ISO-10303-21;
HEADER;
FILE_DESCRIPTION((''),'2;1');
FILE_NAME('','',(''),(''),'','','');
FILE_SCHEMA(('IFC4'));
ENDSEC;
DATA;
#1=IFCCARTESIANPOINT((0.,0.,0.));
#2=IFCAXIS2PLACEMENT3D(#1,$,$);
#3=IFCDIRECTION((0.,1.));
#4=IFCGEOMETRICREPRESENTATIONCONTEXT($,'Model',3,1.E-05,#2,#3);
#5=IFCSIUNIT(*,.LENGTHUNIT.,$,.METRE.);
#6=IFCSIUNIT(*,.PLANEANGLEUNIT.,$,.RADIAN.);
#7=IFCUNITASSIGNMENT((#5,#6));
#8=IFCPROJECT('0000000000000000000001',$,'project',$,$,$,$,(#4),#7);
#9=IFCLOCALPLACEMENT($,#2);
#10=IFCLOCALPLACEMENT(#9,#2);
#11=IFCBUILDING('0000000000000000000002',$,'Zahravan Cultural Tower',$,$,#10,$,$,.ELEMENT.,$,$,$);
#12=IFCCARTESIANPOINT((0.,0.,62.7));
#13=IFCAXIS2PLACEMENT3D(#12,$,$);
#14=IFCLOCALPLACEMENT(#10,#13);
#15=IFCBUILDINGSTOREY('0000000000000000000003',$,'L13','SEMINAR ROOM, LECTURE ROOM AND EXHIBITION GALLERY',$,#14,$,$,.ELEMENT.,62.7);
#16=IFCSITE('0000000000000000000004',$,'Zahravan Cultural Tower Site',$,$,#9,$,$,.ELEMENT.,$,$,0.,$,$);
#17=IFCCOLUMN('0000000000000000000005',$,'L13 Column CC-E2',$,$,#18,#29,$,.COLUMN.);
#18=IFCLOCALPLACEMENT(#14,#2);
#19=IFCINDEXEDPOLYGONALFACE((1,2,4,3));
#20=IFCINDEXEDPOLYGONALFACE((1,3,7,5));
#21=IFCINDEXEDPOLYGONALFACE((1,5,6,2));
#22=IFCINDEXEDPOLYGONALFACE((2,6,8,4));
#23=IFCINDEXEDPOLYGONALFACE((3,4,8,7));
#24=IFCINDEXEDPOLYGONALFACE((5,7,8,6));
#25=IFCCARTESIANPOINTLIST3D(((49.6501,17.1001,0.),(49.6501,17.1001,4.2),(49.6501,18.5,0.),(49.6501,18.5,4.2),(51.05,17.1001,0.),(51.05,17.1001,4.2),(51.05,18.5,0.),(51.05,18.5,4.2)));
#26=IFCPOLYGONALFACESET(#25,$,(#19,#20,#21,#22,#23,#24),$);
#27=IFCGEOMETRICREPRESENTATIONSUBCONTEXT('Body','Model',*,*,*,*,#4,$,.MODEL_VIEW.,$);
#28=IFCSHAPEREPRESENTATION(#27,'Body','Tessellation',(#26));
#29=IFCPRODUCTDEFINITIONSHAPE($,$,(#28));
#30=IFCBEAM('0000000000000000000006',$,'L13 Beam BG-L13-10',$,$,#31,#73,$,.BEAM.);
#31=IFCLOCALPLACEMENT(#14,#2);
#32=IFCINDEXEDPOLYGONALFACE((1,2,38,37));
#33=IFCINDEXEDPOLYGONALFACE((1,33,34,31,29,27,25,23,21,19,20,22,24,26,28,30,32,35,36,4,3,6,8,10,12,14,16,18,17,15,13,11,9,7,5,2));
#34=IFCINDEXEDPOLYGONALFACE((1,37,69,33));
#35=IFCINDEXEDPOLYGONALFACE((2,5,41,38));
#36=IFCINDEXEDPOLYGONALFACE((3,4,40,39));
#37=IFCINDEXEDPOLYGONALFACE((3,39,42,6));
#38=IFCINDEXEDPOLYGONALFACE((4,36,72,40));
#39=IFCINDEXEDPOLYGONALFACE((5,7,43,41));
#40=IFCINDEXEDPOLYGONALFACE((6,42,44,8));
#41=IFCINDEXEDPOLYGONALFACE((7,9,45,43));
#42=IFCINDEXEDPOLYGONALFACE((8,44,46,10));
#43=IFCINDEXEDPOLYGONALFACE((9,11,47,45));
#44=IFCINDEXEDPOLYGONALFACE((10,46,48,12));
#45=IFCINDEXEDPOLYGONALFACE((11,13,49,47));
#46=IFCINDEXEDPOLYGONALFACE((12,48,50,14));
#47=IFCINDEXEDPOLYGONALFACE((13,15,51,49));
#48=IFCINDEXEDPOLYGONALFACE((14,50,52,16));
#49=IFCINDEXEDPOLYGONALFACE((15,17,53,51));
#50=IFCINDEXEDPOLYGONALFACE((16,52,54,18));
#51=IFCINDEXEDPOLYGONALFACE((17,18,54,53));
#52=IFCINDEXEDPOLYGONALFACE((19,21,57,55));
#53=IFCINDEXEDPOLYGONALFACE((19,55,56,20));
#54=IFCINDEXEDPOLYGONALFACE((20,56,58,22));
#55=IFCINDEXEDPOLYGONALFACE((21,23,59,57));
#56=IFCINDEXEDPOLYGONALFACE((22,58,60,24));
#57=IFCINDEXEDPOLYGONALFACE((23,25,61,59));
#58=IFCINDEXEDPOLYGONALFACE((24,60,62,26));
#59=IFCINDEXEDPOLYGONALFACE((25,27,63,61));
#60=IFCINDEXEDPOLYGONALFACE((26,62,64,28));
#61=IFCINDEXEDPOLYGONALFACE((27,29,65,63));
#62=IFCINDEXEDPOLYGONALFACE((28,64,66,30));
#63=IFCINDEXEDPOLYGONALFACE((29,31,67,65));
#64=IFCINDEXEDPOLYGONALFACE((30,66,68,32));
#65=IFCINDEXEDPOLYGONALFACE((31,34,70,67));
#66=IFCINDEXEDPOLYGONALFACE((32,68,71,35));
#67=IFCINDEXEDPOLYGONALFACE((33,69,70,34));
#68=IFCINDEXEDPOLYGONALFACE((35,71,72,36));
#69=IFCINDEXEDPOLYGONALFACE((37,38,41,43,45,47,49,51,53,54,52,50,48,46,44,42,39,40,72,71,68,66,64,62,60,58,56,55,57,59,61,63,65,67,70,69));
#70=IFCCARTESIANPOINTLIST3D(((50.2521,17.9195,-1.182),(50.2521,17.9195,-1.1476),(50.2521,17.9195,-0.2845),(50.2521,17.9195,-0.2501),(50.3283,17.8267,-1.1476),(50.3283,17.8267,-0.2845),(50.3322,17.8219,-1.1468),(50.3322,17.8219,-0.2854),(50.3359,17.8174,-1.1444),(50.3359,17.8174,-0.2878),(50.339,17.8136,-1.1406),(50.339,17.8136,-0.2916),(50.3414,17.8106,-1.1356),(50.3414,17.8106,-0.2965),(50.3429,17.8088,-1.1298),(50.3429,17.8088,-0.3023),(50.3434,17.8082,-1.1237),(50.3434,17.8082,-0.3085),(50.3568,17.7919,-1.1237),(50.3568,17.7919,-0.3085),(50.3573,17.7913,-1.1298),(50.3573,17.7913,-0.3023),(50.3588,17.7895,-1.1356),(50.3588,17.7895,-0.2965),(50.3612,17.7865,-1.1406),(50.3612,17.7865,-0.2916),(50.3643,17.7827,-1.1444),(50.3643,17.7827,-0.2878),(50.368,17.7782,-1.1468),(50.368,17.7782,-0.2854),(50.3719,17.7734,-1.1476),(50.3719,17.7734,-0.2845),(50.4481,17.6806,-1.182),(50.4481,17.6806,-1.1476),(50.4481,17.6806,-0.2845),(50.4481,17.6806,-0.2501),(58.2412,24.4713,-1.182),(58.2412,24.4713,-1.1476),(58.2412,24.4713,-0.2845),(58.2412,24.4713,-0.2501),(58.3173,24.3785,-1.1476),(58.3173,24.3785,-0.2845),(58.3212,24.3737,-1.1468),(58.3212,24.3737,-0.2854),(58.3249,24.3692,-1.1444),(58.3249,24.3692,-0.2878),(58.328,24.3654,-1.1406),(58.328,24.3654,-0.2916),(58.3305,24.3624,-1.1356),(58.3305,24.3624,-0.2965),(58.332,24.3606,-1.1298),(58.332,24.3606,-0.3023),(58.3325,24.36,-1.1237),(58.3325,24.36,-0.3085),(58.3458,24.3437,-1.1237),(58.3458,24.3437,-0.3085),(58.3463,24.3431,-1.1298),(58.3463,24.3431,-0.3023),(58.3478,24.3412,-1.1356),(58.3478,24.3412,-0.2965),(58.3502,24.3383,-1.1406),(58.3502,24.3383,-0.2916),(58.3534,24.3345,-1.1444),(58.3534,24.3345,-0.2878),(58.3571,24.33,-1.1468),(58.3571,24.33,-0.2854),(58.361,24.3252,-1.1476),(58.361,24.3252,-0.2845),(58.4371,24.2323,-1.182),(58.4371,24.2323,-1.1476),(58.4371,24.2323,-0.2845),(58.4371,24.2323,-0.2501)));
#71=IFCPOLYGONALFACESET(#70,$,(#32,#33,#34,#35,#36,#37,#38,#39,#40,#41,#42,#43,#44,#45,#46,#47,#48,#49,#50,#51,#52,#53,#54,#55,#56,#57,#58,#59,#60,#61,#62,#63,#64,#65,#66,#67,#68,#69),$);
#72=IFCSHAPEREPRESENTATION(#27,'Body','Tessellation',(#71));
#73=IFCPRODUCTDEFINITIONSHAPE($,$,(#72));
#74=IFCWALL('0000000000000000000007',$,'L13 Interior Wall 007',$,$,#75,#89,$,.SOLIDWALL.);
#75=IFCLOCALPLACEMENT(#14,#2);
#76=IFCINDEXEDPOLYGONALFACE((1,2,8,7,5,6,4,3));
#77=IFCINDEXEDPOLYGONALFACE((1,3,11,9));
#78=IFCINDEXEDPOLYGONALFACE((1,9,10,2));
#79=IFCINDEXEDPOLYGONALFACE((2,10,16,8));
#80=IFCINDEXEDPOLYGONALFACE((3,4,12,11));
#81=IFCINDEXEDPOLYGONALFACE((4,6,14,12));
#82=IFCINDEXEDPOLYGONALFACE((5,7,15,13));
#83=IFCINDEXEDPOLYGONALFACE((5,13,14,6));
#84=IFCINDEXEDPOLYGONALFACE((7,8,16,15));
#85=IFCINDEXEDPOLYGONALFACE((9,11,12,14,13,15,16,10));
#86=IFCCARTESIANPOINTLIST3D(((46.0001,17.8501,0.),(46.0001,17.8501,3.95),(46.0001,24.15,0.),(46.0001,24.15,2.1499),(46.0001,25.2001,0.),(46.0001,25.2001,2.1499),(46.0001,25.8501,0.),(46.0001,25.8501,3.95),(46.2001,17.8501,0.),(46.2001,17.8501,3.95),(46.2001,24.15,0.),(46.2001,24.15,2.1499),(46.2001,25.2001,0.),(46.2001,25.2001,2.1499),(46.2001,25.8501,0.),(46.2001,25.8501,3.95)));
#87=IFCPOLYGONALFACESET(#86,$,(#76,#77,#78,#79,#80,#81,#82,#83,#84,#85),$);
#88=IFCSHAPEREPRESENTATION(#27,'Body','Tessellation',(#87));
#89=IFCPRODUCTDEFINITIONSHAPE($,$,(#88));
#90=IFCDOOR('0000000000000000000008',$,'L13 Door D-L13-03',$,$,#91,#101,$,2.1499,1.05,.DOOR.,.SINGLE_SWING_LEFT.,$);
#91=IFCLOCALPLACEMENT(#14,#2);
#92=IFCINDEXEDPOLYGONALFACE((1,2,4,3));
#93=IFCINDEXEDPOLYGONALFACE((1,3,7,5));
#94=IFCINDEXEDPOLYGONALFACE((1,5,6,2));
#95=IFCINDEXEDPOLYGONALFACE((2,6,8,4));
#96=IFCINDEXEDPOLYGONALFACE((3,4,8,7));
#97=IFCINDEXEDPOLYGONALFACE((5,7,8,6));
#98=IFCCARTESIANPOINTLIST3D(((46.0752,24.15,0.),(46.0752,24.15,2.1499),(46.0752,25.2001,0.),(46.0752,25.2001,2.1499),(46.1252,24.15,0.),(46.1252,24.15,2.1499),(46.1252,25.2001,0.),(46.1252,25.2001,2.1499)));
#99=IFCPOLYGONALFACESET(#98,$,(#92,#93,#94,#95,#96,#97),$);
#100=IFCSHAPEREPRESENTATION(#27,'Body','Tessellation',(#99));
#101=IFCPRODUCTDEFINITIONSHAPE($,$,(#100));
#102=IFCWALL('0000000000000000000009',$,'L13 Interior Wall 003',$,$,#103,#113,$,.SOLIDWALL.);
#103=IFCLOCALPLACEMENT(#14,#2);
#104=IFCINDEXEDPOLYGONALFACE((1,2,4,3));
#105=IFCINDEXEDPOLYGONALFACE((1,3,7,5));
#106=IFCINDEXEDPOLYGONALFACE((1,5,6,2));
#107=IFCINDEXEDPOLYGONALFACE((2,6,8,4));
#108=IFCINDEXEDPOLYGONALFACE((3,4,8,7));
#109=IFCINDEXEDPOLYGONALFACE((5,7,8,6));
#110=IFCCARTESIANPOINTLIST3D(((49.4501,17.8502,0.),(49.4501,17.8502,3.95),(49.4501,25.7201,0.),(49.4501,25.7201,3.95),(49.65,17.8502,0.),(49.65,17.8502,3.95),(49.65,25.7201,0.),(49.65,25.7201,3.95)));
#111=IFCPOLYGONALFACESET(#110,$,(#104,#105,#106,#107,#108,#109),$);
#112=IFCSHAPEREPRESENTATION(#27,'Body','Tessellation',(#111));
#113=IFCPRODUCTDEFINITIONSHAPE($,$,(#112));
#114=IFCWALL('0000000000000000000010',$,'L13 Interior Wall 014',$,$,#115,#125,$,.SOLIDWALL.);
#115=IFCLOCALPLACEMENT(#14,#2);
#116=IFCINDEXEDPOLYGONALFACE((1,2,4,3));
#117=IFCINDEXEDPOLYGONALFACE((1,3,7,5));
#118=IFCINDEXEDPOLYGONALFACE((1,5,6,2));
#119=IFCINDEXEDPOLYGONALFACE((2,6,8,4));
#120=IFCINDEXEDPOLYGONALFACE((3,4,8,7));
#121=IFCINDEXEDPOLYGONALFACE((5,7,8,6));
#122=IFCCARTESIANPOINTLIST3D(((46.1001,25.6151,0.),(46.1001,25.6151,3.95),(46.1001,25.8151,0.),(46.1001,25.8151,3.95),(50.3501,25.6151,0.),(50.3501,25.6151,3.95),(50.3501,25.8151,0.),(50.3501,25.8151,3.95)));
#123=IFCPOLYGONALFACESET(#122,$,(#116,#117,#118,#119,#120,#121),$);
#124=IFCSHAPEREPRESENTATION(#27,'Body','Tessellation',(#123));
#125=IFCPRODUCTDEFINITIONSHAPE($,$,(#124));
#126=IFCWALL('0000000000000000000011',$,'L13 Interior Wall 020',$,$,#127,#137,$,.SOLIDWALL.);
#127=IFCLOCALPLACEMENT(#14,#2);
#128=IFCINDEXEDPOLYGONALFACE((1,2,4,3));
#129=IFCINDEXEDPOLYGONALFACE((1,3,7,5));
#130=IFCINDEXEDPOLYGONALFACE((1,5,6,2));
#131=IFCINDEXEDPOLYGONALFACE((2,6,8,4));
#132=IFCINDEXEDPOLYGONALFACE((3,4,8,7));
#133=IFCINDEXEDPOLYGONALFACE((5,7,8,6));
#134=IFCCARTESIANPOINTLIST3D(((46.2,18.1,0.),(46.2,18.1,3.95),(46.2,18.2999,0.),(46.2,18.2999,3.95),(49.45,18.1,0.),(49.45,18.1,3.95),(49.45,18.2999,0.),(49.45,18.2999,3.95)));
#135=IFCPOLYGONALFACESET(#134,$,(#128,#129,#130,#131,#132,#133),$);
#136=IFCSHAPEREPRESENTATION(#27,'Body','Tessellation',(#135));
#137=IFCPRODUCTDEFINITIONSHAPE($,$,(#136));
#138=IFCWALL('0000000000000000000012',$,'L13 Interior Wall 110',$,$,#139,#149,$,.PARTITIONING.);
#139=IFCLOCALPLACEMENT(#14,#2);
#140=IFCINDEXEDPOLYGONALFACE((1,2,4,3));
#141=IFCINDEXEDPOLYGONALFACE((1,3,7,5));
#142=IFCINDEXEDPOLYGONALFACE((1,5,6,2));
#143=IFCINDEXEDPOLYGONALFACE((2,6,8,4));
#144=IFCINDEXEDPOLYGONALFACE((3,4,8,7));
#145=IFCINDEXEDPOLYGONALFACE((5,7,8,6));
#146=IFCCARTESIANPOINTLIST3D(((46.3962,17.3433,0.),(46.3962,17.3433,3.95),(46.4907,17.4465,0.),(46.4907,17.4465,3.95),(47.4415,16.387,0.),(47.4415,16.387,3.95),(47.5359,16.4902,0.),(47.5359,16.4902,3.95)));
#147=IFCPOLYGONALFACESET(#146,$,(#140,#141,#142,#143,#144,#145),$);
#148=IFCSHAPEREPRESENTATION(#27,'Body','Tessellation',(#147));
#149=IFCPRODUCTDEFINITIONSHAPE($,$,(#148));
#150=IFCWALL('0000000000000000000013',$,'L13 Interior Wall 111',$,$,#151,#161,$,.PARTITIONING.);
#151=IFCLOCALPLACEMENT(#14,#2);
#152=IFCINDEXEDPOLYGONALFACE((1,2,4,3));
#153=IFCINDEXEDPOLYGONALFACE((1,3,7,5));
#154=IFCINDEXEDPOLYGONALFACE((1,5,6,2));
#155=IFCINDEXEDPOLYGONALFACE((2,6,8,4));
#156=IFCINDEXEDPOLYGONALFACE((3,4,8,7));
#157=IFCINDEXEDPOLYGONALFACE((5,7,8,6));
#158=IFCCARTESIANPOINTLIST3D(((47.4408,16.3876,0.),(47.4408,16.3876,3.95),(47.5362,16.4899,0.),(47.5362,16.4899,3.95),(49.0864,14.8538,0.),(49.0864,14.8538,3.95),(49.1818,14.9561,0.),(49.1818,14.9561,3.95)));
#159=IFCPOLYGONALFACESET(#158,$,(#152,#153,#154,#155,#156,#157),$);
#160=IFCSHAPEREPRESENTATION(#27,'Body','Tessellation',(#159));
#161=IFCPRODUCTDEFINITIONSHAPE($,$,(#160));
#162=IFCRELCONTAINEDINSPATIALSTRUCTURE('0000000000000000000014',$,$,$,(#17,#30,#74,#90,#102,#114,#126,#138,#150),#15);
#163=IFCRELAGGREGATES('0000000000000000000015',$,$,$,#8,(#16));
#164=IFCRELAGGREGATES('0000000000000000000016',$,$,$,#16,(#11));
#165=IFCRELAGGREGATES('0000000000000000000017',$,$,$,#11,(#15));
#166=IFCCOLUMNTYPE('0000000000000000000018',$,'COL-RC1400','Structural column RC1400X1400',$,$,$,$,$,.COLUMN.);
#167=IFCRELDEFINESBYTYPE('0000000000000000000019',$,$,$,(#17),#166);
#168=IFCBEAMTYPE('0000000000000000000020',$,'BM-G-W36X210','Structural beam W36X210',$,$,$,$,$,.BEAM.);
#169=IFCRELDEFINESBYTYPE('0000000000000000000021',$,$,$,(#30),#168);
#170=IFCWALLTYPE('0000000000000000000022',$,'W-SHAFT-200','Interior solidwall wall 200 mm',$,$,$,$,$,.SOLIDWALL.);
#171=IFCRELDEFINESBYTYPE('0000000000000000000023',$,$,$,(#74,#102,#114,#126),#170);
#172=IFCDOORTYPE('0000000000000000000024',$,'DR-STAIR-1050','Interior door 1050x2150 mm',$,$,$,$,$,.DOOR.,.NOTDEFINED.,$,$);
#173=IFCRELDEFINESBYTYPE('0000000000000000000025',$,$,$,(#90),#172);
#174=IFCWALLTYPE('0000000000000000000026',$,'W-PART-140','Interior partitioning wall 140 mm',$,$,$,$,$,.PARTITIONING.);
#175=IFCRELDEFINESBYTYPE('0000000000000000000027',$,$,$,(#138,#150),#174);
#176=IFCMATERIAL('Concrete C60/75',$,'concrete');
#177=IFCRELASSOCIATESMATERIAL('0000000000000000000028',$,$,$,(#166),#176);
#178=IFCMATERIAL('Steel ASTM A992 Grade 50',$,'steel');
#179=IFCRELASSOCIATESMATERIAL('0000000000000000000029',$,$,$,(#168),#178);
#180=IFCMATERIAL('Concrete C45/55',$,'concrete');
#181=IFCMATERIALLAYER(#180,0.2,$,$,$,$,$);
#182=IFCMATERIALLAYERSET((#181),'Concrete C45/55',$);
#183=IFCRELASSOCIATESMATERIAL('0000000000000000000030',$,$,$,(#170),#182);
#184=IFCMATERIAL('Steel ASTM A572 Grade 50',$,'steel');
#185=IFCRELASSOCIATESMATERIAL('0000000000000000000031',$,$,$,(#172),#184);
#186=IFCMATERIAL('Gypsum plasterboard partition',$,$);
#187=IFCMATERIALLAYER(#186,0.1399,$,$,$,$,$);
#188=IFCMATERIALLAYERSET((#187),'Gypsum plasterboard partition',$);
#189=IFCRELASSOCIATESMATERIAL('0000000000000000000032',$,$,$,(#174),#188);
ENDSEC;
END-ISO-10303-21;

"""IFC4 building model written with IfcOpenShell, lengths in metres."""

from ifc_helpers import new_model, si_unit, direction, frame, frame_2d, origin, origin_2d, place, context, subcontext, project, spatial, rectangle, i_section, extrude, source, transform, mapped, material, layer, layer_set, material_profile, profile_set, type_object, element, fill, save


model = new_model("IFC4")

# Units and contexts
model_context = context("Model", 3, precision=1e-05, world=origin(), true_north=direction((0.0, 1.0)))
body_context = subcontext(model_context, "Body", "Model", "MODEL_VIEW")
ifc_project = project(units=[si_unit("LENGTHUNIT", "METRE"), si_unit("PLANEANGLEUNIT", "RADIAN")], contexts=[model_context])

# Site, building, storey
site_placement = place(None, origin())
site = spatial("IfcSite", under=ifc_project, at=site_placement, Name="Zahravan Cultural Tower Site", CompositionType="ELEMENT", RefElevation=0.0)
building_placement = place(site_placement, origin())
building = spatial("IfcBuilding", under=site, at=building_placement, Name="Zahravan Cultural Tower", CompositionType="ELEMENT")
storey_placement = place(building_placement, frame((0.0, 0.0, 62.7)))
storey = spatial("IfcBuildingStorey", under=building, at=storey_placement, Name="L13", Description="SEMINAR ROOM, LECTURE ROOM AND EXHIBITION GALLERY", CompositionType="ELEMENT", Elevation=62.7)

# Column
ifc_material_1 = material(Name="Concrete C60/75", Category="concrete")
ifc_material_profile_1 = material_profile(ifc_material_1, rectangle(XDim=1.3999, YDim=1.3999, at=origin_2d()), Name="RC1400X1400")
ifc_profile_set_1 = profile_set([ifc_material_profile_1], Name="Concrete C60/75")
column_type = type_object("IfcColumnType", Name="COL-RC1400", Description="Structural column RC1400X1400", PredefinedType="COLUMN", material=ifc_profile_set_1)
shared_shape_1 = source(origin(), body_context, "Body", "SweptSolid", [
    extrude(rectangle(XDim=1.3999, YDim=1.3999, at=origin_2d()), origin(), (0.0, 0.0, 1.0), 4.2),
])
column_placement = place(storey_placement, frame((50.3501, 17.8, 0.0), z_axis=(0.0, 0.0, 1.0), x_axis=(1.0, 0.0, 0.0)))
element("IfcColumn", 1, at=column_placement, inside=storey, type_object=column_type, Name="L13 Column CC-E2", PredefinedType="COLUMN", context=body_context, shape_type="MappedRepresentation", body=[
    mapped(shared_shape_1, transform((0.0, 0.0, 0.0), x_axis=(1.0, 0.0, 0.0), y_axis=(0.0, 1.0, 0.0), z_axis=(0.0, 0.0, 1.0), scale=1.0)),
])

# Beam
ifc_material_2 = material(Name="Steel ASTM A992 Grade 50", Category="steel")
ifc_material_profile_2 = material_profile(ifc_material_2, i_section(OverallWidth=0.3091, OverallDepth=0.9319, WebThickness=0.021, FlangeThickness=0.0344, FilletRadius=0.0239, at=origin_2d()), Name="W36X210")
ifc_profile_set_2 = profile_set([ifc_material_profile_2], Name="Steel ASTM A992 Grade 50")
beam_type = type_object("IfcBeamType", Name="BM-G-W36X210", Description="Structural beam W36X210", PredefinedType="BEAM", material=ifc_profile_set_2)
shared_shape_2 = source(origin(), body_context, "Body", "SweptSolid", [
    extrude(i_section(OverallWidth=0.3091, OverallDepth=0.9319, WebThickness=0.021, FlangeThickness=0.0344, FilletRadius=0.0239, at=origin_2d()), origin(), (0.0, 0.0, 1.0), 10.332),
])
beam_placement = place(storey_placement, frame((50.3501, 17.8, -0.7161), z_axis=(0.773231, 0.634124, 0.0), x_axis=(-0.634124, 0.773231, 0.0)))
element("IfcBeam", 2, at=beam_placement, inside=storey, type_object=beam_type, Name="L13 Beam BG-L13-10", PredefinedType="BEAM", context=body_context, shape_type="MappedRepresentation", body=[
    mapped(shared_shape_2, transform((0.0, 0.0, 0.0), x_axis=(1.0, 0.0, 0.0), y_axis=(0.0, 1.0, 0.0), z_axis=(0.0, 0.0, 1.0), scale=1.0)),
])

# Wall, opening, door
shared_shape_3 = source(origin(), body_context, "Body", "SweptSolid", [
    extrude(rectangle(XDim=1.05, YDim=2.1499, at=frame_2d((0.5249, 1.075))), frame((0.0, 0.0249, 0.0), z_axis=(0.0, -1.0, 0.0), x_axis=(1.0, 0.0, 0.0)), (0.0, 0.0, 1.0), 0.05),
])
ifc_material_3 = material(Name="Concrete C45/55", Category="concrete")
ifc_layer_1 = layer(ifc_material_3, 0.2)
ifc_layer_set_1 = layer_set([ifc_layer_1], Name="Concrete C45/55")
wall_type_1 = type_object("IfcWallType", Name="W-SHAFT-200", Description="Interior solidwall wall 200 mm", PredefinedType="SOLIDWALL", material=ifc_layer_set_1)
wall_1_placement = place(storey_placement, frame((46.1001, 17.8501, 0.0), z_axis=(0.0, 0.0, 1.0), x_axis=(0.0, 1.0, 0.0)))
wall_1 = element("IfcWall", 3, at=wall_1_placement, inside=storey, type_object=wall_type_1, Name="L13 Interior Wall 007", PredefinedType="SOLIDWALL", context=body_context, shape_type="SweptSolid", body=[
    extrude(rectangle(XDim=8.0, YDim=0.2, at=frame_2d((4.0, 0.0))), origin(), (0.0, 0.0, 1.0), 3.95),
])
opening_1_placement = place(wall_1_placement, frame((6.3, 0.0, 0.0)))
opening_1 = element("IfcOpeningElement", 4, at=opening_1_placement, cuts=wall_1, PredefinedType="OPENING", context=body_context, shape_type="SweptSolid", body=[
    extrude(rectangle(XDim=1.05, YDim=2.1499, at=frame_2d((0.5249, 1.075))), frame((0.0, 0.1099, 0.0), z_axis=(0.0, -1.0, 0.0), x_axis=(1.0, 0.0, 0.0)), (0.0, 0.0, 1.0), 0.22),
])
ifc_material_4 = material(Name="Steel ASTM A572 Grade 50", Category="steel")
door_type_1 = type_object("IfcDoorType", Name="DR-STAIR-1050", Description="Interior door 1050x2150 mm", OperationType="NOTDEFINED", PredefinedType="DOOR", material=ifc_material_4)
door_1_placement = place(opening_1_placement, origin())
door_1 = element("IfcDoor", 5, at=door_1_placement, inside=storey, type_object=door_type_1, Name="L13 Door D-L13-03", OperationType="SINGLE_SWING_LEFT", OverallHeight=2.1499, OverallWidth=1.05, PredefinedType="DOOR", context=body_context, shape_type="MappedRepresentation", body=[
    mapped(shared_shape_3, transform((0.0, 0.0, 0.0), x_axis=(1.0, 0.0, 0.0), y_axis=(0.0, 1.0, 0.0), z_axis=(0.0, 0.0, 1.0), scale=1.0)),
])
fill(opening_1, door_1)

# Walls
shared_shape_4 = source(origin(), body_context, "Body", "SweptSolid", [
    extrude(rectangle(XDim=7.8699, YDim=0.2, at=frame_2d((3.9351, 0.0))), origin(), (0.0, 0.0, 1.0), 3.95),
])
wall_2_placement = place(storey_placement, frame((49.55, 17.8501, 0.0), z_axis=(0.0, 0.0, 1.0), x_axis=(0.0, 1.0, 0.0)))
element("IfcWall", 6, at=wall_2_placement, inside=storey, type_object=wall_type_1, Name="L13 Interior Wall 003", PredefinedType="SOLIDWALL", context=body_context, shape_type="MappedRepresentation", body=[
    mapped(shared_shape_4, transform((0.0, 0.0, 0.0), x_axis=(1.0, 0.0, 0.0), y_axis=(0.0, 1.0, 0.0), z_axis=(0.0, 0.0, 1.0), scale=1.0)),
])
shared_shape_5 = source(origin(), body_context, "Body", "SweptSolid", [
    extrude(rectangle(XDim=4.25, YDim=0.2, at=frame_2d((2.125, 0.0))), origin(), (0.0, 0.0, 1.0), 3.95),
])
wall_3_placement = place(storey_placement, frame((46.1001, 25.7151, 0.0), z_axis=(0.0, 0.0, 1.0), x_axis=(1.0, 0.0, 0.0)))
element("IfcWall", 7, at=wall_3_placement, inside=storey, type_object=wall_type_1, Name="L13 Interior Wall 014", PredefinedType="SOLIDWALL", context=body_context, shape_type="MappedRepresentation", body=[
    mapped(shared_shape_5, transform((0.0, 0.0, 0.0), x_axis=(1.0, 0.0, 0.0), y_axis=(0.0, 1.0, 0.0), z_axis=(0.0, 0.0, 1.0), scale=1.0)),
])
shared_shape_6 = source(origin(), body_context, "Body", "SweptSolid", [
    extrude(rectangle(XDim=3.25, YDim=0.2, at=frame_2d((1.625, 0.0))), origin(), (0.0, 0.0, 1.0), 3.95),
])
wall_4_placement = place(storey_placement, frame((46.2, 18.2, 0.0), z_axis=(0.0, 0.0, 1.0), x_axis=(1.0, 0.0, 0.0)))
element("IfcWall", 8, at=wall_4_placement, inside=storey, type_object=wall_type_1, Name="L13 Interior Wall 020", PredefinedType="SOLIDWALL", context=body_context, shape_type="MappedRepresentation", body=[
    mapped(shared_shape_6, transform((0.0, 0.0, 0.0), x_axis=(1.0, 0.0, 0.0), y_axis=(0.0, 1.0, 0.0), z_axis=(0.0, 0.0, 1.0), scale=1.0)),
])
ifc_material_5 = material(Name="Gypsum plasterboard partition")
ifc_layer_2 = layer(ifc_material_5, 0.1399)
ifc_layer_set_2 = layer_set([ifc_layer_2], Name="Gypsum plasterboard partition")
wall_type_2 = type_object("IfcWallType", Name="W-PART-140", Description="Interior partitioning wall 140 mm", PredefinedType="PARTITIONING", material=ifc_layer_set_2)
shared_shape_7 = source(origin(), body_context, "Body", "SweptSolid", [
    extrude(rectangle(XDim=1.4167, YDim=0.1399, at=frame_2d((0.7085, 0.0))), origin(), (0.0, 0.0, 1.0), 3.95),
])
wall_5_placement = place(storey_placement, frame((46.4434, 17.395, 0.0), z_axis=(0.0, 0.0, 1.0), x_axis=(0.737776, -0.675045, 0.0)))
element("IfcWall", 9, at=wall_5_placement, inside=storey, type_object=wall_type_2, Name="L13 Interior Wall 110", PredefinedType="PARTITIONING", context=body_context, shape_type="MappedRepresentation", body=[
    mapped(shared_shape_7, transform((0.0, 0.0, 0.0), x_axis=(1.0, 0.0, 0.0), y_axis=(0.0, 1.0, 0.0), z_axis=(0.0, 0.0, 1.0), scale=1.0)),
])
shared_shape_8 = source(origin(), body_context, "Body", "SweptSolid", [
    extrude(rectangle(XDim=2.2495, YDim=0.1399, at=frame_2d((1.1248, 0.0))), origin(), (0.0, 0.0, 1.0), 3.95),
])
wall_6_placement = place(storey_placement, frame((47.4885, 16.4387, 0.0), z_axis=(0.0, 0.0, 1.0), x_axis=(0.731524, -0.681815, 0.0)))
element("IfcWall", 10, at=wall_6_placement, inside=storey, type_object=wall_type_2, Name="L13 Interior Wall 111", PredefinedType="PARTITIONING", context=body_context, shape_type="MappedRepresentation", body=[
    mapped(shared_shape_8, transform((0.0, 0.0, 0.0), x_axis=(1.0, 0.0, 0.0), y_axis=(0.0, 1.0, 0.0), z_axis=(0.0, 0.0, 1.0), scale=1.0)),
])

save(model, "model.ifc")
